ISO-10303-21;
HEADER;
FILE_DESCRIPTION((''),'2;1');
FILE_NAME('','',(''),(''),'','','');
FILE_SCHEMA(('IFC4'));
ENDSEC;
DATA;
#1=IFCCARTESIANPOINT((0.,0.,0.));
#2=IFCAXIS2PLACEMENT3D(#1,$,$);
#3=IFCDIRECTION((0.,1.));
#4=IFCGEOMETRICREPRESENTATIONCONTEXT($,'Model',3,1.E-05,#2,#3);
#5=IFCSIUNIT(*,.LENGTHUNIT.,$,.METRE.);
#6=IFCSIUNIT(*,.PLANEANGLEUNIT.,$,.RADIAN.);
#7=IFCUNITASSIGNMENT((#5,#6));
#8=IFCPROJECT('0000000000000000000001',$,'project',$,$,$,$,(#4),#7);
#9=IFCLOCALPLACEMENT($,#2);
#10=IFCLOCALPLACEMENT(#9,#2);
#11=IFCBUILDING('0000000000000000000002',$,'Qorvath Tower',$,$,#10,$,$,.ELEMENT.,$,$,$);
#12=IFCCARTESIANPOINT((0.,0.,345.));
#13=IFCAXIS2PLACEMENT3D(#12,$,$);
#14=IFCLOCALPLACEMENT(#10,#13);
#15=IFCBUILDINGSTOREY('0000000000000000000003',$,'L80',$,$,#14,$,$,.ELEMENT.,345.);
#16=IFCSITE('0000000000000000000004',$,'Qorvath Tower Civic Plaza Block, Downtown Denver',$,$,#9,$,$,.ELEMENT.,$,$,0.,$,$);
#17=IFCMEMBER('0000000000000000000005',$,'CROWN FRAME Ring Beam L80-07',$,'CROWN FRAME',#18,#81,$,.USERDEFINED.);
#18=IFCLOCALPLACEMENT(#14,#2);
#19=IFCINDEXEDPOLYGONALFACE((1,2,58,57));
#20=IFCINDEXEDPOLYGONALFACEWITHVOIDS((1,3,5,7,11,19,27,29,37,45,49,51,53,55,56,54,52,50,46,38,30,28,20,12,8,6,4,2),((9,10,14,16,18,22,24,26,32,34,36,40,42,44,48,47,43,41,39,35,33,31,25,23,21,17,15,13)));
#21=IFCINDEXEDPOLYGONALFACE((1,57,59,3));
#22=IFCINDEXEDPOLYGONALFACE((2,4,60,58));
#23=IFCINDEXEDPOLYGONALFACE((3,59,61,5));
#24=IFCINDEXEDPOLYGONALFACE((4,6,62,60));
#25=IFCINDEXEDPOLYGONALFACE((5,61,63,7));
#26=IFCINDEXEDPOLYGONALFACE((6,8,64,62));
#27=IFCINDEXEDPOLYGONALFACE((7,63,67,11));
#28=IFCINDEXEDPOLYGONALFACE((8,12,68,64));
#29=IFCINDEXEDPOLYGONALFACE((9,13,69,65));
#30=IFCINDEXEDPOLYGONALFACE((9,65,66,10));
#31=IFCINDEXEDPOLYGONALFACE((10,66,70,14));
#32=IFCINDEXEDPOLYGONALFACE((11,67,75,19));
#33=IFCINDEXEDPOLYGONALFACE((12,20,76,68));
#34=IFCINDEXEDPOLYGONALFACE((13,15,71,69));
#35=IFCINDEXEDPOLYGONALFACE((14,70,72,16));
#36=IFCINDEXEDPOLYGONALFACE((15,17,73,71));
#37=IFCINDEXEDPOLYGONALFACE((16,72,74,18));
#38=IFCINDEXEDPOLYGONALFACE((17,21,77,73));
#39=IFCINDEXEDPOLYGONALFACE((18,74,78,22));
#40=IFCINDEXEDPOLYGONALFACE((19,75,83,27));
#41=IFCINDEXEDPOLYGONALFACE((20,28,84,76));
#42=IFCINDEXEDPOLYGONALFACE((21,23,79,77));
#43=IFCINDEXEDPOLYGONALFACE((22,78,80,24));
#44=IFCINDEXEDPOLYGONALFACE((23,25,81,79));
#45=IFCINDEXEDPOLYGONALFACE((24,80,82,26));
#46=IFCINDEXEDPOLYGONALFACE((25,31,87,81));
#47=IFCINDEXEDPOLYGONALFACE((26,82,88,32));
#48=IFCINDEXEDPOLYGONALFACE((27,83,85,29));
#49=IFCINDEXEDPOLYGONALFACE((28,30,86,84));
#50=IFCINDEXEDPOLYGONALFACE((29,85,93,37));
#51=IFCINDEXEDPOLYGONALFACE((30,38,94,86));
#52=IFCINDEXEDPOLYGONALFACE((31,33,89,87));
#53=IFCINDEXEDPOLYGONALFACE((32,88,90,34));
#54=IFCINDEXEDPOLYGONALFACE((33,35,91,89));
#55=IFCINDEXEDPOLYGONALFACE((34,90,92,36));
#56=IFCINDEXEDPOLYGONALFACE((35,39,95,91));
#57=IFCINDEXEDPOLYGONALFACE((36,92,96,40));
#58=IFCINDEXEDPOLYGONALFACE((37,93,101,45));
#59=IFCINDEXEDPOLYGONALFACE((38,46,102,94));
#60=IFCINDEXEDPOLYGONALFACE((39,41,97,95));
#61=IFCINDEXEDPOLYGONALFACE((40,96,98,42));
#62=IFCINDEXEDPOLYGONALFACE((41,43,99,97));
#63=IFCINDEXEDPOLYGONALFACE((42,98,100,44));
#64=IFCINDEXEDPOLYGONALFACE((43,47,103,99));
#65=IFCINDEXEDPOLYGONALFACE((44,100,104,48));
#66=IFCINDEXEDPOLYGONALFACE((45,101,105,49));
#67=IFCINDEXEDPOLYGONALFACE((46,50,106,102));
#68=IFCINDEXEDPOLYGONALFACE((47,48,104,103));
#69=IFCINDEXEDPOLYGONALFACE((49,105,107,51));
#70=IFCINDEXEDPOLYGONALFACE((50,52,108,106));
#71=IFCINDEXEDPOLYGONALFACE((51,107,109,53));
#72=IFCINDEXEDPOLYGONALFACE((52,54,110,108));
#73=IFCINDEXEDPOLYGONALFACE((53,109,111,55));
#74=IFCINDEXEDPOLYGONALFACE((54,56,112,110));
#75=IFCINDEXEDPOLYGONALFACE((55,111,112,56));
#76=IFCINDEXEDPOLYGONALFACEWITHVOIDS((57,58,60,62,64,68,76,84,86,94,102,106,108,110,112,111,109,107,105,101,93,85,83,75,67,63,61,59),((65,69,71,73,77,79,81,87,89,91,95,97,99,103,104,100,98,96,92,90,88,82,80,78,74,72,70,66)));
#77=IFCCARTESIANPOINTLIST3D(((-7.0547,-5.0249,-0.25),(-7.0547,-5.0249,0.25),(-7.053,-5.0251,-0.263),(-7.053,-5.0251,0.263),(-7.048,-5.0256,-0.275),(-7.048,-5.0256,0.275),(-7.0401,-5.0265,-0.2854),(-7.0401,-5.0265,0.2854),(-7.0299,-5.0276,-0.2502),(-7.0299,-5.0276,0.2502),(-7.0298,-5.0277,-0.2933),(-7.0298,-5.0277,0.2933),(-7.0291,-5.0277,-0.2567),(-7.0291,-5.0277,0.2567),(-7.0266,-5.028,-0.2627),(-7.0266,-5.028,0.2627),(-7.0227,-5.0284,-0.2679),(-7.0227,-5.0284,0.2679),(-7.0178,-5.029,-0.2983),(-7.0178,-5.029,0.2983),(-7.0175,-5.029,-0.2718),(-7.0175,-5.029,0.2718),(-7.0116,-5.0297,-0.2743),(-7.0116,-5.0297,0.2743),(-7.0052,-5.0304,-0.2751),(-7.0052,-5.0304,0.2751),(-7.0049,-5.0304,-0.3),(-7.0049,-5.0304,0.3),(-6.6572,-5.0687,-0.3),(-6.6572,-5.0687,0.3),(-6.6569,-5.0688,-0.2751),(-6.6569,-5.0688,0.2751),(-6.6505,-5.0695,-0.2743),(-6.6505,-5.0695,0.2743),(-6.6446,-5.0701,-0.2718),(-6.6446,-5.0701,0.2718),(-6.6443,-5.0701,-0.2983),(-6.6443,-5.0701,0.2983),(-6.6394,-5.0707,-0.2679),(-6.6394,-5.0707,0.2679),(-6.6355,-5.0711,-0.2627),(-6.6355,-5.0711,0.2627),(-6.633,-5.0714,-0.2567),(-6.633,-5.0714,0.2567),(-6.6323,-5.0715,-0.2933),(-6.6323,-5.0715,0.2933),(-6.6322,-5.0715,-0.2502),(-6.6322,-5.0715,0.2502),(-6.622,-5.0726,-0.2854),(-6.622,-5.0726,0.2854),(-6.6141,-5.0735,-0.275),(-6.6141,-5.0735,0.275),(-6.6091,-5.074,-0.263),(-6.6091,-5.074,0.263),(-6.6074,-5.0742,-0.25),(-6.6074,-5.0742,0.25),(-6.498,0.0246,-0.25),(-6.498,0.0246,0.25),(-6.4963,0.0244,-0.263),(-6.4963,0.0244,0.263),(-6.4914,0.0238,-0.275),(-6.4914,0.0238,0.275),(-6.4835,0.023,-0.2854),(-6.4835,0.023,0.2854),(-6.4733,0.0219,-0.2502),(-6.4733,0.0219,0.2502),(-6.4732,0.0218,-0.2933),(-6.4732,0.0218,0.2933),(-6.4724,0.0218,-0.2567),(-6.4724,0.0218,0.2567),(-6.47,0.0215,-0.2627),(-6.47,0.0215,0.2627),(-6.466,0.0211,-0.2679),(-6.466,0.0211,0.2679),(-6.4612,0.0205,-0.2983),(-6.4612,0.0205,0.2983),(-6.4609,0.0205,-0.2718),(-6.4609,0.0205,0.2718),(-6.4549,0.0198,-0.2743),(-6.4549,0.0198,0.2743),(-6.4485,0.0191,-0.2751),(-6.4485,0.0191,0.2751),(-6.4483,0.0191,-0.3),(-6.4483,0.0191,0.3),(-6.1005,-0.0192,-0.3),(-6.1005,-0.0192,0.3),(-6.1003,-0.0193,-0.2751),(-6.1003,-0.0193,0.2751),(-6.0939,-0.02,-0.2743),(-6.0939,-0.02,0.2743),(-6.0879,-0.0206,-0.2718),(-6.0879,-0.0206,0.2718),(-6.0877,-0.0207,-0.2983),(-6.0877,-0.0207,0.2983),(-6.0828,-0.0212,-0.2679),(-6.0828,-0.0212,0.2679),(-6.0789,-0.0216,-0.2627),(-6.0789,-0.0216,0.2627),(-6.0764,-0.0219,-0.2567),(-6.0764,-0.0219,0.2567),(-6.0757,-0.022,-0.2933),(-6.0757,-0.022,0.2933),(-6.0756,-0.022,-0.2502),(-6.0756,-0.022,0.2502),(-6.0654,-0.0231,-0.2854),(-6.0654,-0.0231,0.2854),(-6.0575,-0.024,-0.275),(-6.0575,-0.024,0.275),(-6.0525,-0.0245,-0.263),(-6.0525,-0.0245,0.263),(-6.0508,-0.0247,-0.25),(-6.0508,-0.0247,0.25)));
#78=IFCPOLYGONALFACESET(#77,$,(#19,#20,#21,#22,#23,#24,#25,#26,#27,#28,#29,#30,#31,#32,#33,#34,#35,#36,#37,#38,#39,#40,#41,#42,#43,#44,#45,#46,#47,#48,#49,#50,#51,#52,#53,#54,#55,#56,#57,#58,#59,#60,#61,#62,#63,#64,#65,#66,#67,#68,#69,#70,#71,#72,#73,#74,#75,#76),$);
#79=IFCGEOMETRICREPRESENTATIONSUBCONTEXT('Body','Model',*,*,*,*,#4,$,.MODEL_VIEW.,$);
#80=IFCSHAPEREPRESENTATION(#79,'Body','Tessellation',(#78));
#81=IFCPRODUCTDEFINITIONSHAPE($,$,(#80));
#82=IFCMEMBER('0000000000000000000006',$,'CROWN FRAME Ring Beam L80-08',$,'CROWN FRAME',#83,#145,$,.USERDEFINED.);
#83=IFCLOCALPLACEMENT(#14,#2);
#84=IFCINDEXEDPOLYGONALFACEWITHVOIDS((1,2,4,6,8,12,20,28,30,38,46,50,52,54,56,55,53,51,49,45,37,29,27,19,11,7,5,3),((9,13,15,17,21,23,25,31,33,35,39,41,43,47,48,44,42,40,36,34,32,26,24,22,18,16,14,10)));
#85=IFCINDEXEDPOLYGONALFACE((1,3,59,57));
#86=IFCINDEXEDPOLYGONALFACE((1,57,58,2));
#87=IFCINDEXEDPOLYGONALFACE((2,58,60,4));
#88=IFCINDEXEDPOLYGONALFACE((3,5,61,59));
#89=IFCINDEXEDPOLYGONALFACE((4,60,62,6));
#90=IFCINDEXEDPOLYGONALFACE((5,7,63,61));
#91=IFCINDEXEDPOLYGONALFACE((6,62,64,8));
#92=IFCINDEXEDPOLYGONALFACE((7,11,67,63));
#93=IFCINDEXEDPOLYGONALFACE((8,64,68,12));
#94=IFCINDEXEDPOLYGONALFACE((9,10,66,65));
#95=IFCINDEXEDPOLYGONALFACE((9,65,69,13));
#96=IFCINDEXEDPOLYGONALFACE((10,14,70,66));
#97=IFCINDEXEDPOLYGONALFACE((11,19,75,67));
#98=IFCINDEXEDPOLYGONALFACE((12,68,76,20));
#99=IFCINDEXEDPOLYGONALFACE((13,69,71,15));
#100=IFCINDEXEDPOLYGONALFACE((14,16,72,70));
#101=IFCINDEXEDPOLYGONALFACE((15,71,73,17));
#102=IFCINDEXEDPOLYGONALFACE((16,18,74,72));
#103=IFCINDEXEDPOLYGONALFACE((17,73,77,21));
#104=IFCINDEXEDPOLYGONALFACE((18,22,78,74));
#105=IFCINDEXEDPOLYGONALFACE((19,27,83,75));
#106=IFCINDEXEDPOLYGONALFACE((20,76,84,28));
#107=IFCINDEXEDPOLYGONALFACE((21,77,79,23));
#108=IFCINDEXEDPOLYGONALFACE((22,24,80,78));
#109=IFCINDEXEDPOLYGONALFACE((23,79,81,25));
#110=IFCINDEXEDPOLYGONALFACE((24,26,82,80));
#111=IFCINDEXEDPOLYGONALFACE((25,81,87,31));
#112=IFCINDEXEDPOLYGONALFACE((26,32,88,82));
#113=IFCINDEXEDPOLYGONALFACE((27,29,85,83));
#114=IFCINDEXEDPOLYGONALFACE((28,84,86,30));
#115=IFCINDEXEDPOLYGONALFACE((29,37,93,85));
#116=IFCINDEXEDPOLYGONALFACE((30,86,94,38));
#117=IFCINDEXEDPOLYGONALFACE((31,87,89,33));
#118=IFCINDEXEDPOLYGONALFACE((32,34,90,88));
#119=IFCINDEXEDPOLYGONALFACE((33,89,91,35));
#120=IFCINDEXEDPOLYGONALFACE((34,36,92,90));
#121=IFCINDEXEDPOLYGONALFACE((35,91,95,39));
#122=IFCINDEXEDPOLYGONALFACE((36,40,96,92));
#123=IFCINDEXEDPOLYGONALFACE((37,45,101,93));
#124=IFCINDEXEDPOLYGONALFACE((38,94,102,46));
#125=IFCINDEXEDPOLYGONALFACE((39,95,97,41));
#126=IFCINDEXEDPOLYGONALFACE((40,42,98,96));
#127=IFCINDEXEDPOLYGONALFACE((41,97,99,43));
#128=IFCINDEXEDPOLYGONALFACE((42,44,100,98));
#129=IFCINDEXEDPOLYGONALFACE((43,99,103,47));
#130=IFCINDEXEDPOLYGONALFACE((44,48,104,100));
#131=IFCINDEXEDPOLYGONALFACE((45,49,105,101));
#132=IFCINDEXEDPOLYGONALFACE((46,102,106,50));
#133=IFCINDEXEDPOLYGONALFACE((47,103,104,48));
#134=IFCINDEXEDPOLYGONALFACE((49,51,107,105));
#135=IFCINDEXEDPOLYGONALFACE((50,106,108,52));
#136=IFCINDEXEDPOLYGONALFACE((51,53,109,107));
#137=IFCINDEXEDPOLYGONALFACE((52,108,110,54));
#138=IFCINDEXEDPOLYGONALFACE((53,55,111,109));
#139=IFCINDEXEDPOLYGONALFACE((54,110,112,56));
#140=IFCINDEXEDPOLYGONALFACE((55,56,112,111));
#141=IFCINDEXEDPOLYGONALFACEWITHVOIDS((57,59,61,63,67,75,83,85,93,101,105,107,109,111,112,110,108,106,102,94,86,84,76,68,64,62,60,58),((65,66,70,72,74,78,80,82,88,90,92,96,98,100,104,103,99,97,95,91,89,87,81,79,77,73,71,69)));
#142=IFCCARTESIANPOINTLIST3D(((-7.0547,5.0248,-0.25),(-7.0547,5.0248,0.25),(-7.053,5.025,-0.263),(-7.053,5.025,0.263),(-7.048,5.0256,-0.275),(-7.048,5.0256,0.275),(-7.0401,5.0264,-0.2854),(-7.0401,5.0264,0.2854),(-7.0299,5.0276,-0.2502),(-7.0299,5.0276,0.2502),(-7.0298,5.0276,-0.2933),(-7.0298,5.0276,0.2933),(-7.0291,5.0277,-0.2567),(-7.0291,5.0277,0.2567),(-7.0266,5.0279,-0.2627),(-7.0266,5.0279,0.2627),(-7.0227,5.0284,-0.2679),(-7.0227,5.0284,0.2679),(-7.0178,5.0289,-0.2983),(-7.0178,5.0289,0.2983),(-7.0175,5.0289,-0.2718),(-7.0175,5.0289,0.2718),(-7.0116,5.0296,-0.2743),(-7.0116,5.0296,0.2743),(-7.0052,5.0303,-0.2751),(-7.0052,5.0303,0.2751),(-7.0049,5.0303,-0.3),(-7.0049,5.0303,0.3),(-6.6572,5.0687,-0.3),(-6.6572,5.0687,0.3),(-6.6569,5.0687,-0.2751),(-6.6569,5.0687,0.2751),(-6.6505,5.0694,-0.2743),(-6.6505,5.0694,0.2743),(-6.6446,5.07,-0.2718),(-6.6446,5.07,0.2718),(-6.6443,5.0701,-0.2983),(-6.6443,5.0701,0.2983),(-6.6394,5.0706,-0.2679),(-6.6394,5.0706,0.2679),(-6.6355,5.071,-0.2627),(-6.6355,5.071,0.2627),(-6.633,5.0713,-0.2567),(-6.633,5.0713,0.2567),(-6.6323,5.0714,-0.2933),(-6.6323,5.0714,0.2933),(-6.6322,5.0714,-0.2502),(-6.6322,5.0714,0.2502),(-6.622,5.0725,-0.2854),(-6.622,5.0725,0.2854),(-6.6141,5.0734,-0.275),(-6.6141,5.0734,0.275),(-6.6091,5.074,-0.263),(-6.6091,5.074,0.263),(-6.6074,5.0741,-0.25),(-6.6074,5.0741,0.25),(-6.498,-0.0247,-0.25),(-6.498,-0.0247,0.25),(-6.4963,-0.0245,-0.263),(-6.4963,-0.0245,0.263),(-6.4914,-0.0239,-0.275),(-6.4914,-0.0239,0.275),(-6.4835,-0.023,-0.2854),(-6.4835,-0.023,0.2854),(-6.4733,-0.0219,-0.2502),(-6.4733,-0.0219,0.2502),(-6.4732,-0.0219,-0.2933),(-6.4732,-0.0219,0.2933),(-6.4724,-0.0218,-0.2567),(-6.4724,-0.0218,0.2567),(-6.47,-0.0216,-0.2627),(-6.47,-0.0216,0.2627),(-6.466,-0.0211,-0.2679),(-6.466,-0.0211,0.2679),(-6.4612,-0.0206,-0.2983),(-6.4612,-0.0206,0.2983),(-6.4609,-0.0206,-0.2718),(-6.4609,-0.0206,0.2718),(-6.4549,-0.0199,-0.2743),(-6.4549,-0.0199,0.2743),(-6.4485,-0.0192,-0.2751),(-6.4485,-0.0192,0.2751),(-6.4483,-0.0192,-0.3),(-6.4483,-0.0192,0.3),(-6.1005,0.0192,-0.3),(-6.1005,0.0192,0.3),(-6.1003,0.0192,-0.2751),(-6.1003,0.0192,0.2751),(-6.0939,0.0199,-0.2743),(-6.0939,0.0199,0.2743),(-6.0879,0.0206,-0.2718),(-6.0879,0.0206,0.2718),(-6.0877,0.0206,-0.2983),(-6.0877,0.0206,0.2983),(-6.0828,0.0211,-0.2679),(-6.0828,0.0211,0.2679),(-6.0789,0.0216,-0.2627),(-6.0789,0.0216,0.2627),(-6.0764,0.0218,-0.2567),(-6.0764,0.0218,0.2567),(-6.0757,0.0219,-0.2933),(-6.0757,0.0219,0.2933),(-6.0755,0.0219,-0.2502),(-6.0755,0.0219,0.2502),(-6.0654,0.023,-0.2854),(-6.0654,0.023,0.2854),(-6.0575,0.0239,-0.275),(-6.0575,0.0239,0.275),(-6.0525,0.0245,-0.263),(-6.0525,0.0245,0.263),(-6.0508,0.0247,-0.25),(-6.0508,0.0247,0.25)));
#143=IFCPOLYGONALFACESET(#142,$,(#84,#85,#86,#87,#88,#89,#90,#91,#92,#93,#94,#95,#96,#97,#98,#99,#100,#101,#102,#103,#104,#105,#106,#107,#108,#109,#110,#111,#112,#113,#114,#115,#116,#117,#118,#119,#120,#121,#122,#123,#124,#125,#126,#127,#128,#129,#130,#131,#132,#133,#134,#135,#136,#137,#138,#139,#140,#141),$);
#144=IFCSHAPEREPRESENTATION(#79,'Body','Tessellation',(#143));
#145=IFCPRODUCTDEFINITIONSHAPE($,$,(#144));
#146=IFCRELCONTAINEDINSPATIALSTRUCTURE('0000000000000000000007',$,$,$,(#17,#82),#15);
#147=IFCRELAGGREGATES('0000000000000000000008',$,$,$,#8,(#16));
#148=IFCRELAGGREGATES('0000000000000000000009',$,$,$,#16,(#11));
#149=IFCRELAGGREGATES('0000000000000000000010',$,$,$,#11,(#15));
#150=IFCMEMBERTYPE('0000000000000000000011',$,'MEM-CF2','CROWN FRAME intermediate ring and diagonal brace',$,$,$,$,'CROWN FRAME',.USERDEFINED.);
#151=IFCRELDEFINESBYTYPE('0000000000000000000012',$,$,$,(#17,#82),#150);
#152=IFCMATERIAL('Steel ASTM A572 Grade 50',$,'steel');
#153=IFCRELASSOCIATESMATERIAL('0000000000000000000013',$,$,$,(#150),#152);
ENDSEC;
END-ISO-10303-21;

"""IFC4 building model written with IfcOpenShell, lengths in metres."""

from ifc_helpers import new_model, si_unit, direction, frame, origin, origin_2d, place, context, subcontext, project, spatial, hollow_rectangle, extrude, material, material_profile, profile_set, type_object, element, save


model = new_model("IFC4")

# Units and contexts
model_context = context("Model", 3, precision=1e-05, world=origin(), true_north=direction((0.0, 1.0)))
body_context = subcontext(model_context, "Body", "Model", "MODEL_VIEW")
ifc_project = project(units=[si_unit("LENGTHUNIT", "METRE"), si_unit("PLANEANGLEUNIT", "RADIAN")], contexts=[model_context])

# Site, building, storey
site_placement = place(None, origin())
site = spatial("IfcSite", under=ifc_project, at=site_placement, Name="Qorvath Tower Civic Plaza Block, Downtown Denver", CompositionType="ELEMENT", RefElevation=0.0)
building_placement = place(site_placement, origin())
building = spatial("IfcBuilding", under=site, at=building_placement, Name="Qorvath Tower", CompositionType="ELEMENT")
storey_placement = place(building_placement, frame((0.0, 0.0, 345.0)))
storey = spatial("IfcBuildingStorey", under=building, at=storey_placement, Name="L80", CompositionType="ELEMENT", Elevation=345.0)

# Members
ifc_material_1 = material(Name="Steel ASTM A572 Grade 50", Category="steel")
ifc_material_profile_1 = material_profile(ifc_material_1, hollow_rectangle(XDim=0.45, YDim=0.6001, WallThickness=0.0249, InnerFilletRadius=0.0249, OuterFilletRadius=0.05, at=origin_2d()), Name="CROWN BOX 600x450x25")
ifc_profile_set_1 = profile_set([ifc_material_profile_1], Name="Steel ASTM A572 Grade 50")
member_type_1 = type_object("IfcMemberType", Name="MEM-CF2", Description="CROWN FRAME intermediate ring and diagonal brace", ElementType="CROWN FRAME", PredefinedType="USERDEFINED", material=ifc_profile_set_1)
for number, where, z_axis, x_axis, name in (
    (1, (-6.8311, -5.0496, 0.0), (0.109572, 0.993979, 0.0), (-0.993979, 0.109572, 0.0), "CROWN FRAME Ring Beam L80-07"),
    (2, (-6.2744, 0.0, 0.0), (-0.109572, 0.993979, 0.0), (-0.993979, -0.109572, 0.0), "CROWN FRAME Ring Beam L80-08"),
):
    element("IfcMember", number, at=place(storey_placement, frame(where, z_axis=z_axis, x_axis=x_axis)), inside=storey, type_object=member_type_1, Name=name, ObjectType="CROWN FRAME", PredefinedType="USERDEFINED", context=body_context, shape_type="SweptSolid", body=[
        extrude(hollow_rectangle(XDim=0.45, YDim=0.6001, WallThickness=0.0249, InnerFilletRadius=0.0249, OuterFilletRadius=0.05, at=origin_2d()), origin(), (0.0, 0.0, 1.0), 5.0801),
    ])

save(model, "model.ifc")
